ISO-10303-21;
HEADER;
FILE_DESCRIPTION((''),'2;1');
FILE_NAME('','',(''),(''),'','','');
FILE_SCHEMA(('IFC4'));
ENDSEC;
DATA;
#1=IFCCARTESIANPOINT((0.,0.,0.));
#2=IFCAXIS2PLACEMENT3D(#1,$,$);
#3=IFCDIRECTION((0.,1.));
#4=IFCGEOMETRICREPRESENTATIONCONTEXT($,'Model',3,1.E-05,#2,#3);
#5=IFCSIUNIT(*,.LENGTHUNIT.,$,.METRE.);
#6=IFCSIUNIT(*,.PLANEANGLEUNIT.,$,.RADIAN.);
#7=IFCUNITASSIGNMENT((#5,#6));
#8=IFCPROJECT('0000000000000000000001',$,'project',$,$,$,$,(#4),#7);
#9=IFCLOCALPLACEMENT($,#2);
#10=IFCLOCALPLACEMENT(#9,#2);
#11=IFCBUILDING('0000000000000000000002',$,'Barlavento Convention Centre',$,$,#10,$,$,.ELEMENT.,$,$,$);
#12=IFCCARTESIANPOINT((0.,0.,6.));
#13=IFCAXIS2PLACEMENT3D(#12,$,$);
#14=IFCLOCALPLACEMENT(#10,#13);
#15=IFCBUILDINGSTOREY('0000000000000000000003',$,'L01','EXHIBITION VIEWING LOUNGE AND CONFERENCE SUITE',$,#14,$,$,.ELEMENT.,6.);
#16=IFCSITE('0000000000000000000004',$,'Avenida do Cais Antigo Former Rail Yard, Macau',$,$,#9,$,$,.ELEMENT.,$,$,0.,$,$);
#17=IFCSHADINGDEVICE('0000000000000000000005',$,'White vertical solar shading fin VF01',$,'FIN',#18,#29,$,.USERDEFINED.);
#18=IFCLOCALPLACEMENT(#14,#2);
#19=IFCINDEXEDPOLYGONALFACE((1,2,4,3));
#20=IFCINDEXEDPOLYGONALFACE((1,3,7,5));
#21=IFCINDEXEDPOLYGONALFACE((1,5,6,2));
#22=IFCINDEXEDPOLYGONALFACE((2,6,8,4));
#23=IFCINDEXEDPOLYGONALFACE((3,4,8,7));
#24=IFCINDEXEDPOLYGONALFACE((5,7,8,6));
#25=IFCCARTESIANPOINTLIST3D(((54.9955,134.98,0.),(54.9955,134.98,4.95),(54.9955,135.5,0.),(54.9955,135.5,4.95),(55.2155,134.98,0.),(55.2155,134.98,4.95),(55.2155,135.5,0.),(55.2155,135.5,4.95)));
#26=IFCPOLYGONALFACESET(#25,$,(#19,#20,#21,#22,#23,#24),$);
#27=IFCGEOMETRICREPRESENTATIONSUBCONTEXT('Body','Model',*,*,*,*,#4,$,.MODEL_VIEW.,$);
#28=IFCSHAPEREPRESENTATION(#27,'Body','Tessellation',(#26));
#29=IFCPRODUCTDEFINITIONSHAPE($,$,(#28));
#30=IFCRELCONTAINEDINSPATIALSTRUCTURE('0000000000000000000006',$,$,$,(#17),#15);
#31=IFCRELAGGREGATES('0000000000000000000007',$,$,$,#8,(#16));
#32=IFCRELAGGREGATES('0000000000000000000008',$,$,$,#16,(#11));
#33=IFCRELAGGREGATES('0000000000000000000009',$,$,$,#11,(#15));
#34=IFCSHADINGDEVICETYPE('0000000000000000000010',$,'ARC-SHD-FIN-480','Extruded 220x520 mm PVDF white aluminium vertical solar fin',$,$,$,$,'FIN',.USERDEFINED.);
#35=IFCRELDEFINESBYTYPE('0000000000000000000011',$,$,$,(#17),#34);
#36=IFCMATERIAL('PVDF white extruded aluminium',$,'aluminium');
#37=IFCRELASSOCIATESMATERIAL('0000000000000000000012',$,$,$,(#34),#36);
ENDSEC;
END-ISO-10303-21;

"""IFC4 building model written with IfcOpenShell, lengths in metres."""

from ifc_helpers import new_model, si_unit, direction, frame, origin, origin_2d, place, context, subcontext, project, spatial, rectangle, extrude, material, type_object, element, save


model = new_model("IFC4")

# Units and contexts
model_context = context("Model", 3, precision=1e-05, world=origin(), true_north=direction((0.0, 1.0)))
body_context = subcontext(model_context, "Body", "Model", "MODEL_VIEW")
ifc_project = project(units=[si_unit("LENGTHUNIT", "METRE"), si_unit("PLANEANGLEUNIT", "RADIAN")], contexts=[model_context])

# Site, building, storey
site_placement = place(None, origin())
site = spatial("IfcSite", under=ifc_project, at=site_placement, Name="Avenida do Cais Antigo Former Rail Yard, Macau", CompositionType="ELEMENT", RefElevation=0.0)
building_placement = place(site_placement, origin())
building = spatial("IfcBuilding", under=site, at=building_placement, Name="Barlavento Convention Centre", CompositionType="ELEMENT")
storey_placement = place(building_placement, frame((0.0, 0.0, 6.0)))
storey = spatial("IfcBuildingStorey", under=building, at=storey_placement, Name="L01", Description="EXHIBITION VIEWING LOUNGE AND CONFERENCE SUITE", CompositionType="ELEMENT", Elevation=6.0)

# Shading device
ifc_material_1 = material(Name="PVDF white extruded aluminium", Category="aluminium")
shading_device_type = type_object("IfcShadingDeviceType", Name="ARC-SHD-FIN-480", Description="Extruded 220x520 mm PVDF white aluminium vertical solar fin", ElementType="FIN", PredefinedType="USERDEFINED", material=ifc_material_1)
for number, where, z_axis, x_axis, name in (
    (1, (55.1055, 135.24, 0.0), (0.0, 0.0, 1.0), (1.0, 0.0, 0.0), "White vertical solar shading fin VF01"),
):
    element("IfcShadingDevice", number, at=place(storey_placement, frame(where, z_axis=z_axis, x_axis=x_axis)), inside=storey, type_object=shading_device_type, Name=name, ObjectType="FIN", PredefinedType="USERDEFINED", context=body_context, shape_type="SweptSolid", body=[
        extrude(rectangle(XDim=0.22, YDim=0.52, at=origin_2d()), origin(), (0.0, 0.0, 1.0), 4.95),
    ])

save(model, "model.ifc")
